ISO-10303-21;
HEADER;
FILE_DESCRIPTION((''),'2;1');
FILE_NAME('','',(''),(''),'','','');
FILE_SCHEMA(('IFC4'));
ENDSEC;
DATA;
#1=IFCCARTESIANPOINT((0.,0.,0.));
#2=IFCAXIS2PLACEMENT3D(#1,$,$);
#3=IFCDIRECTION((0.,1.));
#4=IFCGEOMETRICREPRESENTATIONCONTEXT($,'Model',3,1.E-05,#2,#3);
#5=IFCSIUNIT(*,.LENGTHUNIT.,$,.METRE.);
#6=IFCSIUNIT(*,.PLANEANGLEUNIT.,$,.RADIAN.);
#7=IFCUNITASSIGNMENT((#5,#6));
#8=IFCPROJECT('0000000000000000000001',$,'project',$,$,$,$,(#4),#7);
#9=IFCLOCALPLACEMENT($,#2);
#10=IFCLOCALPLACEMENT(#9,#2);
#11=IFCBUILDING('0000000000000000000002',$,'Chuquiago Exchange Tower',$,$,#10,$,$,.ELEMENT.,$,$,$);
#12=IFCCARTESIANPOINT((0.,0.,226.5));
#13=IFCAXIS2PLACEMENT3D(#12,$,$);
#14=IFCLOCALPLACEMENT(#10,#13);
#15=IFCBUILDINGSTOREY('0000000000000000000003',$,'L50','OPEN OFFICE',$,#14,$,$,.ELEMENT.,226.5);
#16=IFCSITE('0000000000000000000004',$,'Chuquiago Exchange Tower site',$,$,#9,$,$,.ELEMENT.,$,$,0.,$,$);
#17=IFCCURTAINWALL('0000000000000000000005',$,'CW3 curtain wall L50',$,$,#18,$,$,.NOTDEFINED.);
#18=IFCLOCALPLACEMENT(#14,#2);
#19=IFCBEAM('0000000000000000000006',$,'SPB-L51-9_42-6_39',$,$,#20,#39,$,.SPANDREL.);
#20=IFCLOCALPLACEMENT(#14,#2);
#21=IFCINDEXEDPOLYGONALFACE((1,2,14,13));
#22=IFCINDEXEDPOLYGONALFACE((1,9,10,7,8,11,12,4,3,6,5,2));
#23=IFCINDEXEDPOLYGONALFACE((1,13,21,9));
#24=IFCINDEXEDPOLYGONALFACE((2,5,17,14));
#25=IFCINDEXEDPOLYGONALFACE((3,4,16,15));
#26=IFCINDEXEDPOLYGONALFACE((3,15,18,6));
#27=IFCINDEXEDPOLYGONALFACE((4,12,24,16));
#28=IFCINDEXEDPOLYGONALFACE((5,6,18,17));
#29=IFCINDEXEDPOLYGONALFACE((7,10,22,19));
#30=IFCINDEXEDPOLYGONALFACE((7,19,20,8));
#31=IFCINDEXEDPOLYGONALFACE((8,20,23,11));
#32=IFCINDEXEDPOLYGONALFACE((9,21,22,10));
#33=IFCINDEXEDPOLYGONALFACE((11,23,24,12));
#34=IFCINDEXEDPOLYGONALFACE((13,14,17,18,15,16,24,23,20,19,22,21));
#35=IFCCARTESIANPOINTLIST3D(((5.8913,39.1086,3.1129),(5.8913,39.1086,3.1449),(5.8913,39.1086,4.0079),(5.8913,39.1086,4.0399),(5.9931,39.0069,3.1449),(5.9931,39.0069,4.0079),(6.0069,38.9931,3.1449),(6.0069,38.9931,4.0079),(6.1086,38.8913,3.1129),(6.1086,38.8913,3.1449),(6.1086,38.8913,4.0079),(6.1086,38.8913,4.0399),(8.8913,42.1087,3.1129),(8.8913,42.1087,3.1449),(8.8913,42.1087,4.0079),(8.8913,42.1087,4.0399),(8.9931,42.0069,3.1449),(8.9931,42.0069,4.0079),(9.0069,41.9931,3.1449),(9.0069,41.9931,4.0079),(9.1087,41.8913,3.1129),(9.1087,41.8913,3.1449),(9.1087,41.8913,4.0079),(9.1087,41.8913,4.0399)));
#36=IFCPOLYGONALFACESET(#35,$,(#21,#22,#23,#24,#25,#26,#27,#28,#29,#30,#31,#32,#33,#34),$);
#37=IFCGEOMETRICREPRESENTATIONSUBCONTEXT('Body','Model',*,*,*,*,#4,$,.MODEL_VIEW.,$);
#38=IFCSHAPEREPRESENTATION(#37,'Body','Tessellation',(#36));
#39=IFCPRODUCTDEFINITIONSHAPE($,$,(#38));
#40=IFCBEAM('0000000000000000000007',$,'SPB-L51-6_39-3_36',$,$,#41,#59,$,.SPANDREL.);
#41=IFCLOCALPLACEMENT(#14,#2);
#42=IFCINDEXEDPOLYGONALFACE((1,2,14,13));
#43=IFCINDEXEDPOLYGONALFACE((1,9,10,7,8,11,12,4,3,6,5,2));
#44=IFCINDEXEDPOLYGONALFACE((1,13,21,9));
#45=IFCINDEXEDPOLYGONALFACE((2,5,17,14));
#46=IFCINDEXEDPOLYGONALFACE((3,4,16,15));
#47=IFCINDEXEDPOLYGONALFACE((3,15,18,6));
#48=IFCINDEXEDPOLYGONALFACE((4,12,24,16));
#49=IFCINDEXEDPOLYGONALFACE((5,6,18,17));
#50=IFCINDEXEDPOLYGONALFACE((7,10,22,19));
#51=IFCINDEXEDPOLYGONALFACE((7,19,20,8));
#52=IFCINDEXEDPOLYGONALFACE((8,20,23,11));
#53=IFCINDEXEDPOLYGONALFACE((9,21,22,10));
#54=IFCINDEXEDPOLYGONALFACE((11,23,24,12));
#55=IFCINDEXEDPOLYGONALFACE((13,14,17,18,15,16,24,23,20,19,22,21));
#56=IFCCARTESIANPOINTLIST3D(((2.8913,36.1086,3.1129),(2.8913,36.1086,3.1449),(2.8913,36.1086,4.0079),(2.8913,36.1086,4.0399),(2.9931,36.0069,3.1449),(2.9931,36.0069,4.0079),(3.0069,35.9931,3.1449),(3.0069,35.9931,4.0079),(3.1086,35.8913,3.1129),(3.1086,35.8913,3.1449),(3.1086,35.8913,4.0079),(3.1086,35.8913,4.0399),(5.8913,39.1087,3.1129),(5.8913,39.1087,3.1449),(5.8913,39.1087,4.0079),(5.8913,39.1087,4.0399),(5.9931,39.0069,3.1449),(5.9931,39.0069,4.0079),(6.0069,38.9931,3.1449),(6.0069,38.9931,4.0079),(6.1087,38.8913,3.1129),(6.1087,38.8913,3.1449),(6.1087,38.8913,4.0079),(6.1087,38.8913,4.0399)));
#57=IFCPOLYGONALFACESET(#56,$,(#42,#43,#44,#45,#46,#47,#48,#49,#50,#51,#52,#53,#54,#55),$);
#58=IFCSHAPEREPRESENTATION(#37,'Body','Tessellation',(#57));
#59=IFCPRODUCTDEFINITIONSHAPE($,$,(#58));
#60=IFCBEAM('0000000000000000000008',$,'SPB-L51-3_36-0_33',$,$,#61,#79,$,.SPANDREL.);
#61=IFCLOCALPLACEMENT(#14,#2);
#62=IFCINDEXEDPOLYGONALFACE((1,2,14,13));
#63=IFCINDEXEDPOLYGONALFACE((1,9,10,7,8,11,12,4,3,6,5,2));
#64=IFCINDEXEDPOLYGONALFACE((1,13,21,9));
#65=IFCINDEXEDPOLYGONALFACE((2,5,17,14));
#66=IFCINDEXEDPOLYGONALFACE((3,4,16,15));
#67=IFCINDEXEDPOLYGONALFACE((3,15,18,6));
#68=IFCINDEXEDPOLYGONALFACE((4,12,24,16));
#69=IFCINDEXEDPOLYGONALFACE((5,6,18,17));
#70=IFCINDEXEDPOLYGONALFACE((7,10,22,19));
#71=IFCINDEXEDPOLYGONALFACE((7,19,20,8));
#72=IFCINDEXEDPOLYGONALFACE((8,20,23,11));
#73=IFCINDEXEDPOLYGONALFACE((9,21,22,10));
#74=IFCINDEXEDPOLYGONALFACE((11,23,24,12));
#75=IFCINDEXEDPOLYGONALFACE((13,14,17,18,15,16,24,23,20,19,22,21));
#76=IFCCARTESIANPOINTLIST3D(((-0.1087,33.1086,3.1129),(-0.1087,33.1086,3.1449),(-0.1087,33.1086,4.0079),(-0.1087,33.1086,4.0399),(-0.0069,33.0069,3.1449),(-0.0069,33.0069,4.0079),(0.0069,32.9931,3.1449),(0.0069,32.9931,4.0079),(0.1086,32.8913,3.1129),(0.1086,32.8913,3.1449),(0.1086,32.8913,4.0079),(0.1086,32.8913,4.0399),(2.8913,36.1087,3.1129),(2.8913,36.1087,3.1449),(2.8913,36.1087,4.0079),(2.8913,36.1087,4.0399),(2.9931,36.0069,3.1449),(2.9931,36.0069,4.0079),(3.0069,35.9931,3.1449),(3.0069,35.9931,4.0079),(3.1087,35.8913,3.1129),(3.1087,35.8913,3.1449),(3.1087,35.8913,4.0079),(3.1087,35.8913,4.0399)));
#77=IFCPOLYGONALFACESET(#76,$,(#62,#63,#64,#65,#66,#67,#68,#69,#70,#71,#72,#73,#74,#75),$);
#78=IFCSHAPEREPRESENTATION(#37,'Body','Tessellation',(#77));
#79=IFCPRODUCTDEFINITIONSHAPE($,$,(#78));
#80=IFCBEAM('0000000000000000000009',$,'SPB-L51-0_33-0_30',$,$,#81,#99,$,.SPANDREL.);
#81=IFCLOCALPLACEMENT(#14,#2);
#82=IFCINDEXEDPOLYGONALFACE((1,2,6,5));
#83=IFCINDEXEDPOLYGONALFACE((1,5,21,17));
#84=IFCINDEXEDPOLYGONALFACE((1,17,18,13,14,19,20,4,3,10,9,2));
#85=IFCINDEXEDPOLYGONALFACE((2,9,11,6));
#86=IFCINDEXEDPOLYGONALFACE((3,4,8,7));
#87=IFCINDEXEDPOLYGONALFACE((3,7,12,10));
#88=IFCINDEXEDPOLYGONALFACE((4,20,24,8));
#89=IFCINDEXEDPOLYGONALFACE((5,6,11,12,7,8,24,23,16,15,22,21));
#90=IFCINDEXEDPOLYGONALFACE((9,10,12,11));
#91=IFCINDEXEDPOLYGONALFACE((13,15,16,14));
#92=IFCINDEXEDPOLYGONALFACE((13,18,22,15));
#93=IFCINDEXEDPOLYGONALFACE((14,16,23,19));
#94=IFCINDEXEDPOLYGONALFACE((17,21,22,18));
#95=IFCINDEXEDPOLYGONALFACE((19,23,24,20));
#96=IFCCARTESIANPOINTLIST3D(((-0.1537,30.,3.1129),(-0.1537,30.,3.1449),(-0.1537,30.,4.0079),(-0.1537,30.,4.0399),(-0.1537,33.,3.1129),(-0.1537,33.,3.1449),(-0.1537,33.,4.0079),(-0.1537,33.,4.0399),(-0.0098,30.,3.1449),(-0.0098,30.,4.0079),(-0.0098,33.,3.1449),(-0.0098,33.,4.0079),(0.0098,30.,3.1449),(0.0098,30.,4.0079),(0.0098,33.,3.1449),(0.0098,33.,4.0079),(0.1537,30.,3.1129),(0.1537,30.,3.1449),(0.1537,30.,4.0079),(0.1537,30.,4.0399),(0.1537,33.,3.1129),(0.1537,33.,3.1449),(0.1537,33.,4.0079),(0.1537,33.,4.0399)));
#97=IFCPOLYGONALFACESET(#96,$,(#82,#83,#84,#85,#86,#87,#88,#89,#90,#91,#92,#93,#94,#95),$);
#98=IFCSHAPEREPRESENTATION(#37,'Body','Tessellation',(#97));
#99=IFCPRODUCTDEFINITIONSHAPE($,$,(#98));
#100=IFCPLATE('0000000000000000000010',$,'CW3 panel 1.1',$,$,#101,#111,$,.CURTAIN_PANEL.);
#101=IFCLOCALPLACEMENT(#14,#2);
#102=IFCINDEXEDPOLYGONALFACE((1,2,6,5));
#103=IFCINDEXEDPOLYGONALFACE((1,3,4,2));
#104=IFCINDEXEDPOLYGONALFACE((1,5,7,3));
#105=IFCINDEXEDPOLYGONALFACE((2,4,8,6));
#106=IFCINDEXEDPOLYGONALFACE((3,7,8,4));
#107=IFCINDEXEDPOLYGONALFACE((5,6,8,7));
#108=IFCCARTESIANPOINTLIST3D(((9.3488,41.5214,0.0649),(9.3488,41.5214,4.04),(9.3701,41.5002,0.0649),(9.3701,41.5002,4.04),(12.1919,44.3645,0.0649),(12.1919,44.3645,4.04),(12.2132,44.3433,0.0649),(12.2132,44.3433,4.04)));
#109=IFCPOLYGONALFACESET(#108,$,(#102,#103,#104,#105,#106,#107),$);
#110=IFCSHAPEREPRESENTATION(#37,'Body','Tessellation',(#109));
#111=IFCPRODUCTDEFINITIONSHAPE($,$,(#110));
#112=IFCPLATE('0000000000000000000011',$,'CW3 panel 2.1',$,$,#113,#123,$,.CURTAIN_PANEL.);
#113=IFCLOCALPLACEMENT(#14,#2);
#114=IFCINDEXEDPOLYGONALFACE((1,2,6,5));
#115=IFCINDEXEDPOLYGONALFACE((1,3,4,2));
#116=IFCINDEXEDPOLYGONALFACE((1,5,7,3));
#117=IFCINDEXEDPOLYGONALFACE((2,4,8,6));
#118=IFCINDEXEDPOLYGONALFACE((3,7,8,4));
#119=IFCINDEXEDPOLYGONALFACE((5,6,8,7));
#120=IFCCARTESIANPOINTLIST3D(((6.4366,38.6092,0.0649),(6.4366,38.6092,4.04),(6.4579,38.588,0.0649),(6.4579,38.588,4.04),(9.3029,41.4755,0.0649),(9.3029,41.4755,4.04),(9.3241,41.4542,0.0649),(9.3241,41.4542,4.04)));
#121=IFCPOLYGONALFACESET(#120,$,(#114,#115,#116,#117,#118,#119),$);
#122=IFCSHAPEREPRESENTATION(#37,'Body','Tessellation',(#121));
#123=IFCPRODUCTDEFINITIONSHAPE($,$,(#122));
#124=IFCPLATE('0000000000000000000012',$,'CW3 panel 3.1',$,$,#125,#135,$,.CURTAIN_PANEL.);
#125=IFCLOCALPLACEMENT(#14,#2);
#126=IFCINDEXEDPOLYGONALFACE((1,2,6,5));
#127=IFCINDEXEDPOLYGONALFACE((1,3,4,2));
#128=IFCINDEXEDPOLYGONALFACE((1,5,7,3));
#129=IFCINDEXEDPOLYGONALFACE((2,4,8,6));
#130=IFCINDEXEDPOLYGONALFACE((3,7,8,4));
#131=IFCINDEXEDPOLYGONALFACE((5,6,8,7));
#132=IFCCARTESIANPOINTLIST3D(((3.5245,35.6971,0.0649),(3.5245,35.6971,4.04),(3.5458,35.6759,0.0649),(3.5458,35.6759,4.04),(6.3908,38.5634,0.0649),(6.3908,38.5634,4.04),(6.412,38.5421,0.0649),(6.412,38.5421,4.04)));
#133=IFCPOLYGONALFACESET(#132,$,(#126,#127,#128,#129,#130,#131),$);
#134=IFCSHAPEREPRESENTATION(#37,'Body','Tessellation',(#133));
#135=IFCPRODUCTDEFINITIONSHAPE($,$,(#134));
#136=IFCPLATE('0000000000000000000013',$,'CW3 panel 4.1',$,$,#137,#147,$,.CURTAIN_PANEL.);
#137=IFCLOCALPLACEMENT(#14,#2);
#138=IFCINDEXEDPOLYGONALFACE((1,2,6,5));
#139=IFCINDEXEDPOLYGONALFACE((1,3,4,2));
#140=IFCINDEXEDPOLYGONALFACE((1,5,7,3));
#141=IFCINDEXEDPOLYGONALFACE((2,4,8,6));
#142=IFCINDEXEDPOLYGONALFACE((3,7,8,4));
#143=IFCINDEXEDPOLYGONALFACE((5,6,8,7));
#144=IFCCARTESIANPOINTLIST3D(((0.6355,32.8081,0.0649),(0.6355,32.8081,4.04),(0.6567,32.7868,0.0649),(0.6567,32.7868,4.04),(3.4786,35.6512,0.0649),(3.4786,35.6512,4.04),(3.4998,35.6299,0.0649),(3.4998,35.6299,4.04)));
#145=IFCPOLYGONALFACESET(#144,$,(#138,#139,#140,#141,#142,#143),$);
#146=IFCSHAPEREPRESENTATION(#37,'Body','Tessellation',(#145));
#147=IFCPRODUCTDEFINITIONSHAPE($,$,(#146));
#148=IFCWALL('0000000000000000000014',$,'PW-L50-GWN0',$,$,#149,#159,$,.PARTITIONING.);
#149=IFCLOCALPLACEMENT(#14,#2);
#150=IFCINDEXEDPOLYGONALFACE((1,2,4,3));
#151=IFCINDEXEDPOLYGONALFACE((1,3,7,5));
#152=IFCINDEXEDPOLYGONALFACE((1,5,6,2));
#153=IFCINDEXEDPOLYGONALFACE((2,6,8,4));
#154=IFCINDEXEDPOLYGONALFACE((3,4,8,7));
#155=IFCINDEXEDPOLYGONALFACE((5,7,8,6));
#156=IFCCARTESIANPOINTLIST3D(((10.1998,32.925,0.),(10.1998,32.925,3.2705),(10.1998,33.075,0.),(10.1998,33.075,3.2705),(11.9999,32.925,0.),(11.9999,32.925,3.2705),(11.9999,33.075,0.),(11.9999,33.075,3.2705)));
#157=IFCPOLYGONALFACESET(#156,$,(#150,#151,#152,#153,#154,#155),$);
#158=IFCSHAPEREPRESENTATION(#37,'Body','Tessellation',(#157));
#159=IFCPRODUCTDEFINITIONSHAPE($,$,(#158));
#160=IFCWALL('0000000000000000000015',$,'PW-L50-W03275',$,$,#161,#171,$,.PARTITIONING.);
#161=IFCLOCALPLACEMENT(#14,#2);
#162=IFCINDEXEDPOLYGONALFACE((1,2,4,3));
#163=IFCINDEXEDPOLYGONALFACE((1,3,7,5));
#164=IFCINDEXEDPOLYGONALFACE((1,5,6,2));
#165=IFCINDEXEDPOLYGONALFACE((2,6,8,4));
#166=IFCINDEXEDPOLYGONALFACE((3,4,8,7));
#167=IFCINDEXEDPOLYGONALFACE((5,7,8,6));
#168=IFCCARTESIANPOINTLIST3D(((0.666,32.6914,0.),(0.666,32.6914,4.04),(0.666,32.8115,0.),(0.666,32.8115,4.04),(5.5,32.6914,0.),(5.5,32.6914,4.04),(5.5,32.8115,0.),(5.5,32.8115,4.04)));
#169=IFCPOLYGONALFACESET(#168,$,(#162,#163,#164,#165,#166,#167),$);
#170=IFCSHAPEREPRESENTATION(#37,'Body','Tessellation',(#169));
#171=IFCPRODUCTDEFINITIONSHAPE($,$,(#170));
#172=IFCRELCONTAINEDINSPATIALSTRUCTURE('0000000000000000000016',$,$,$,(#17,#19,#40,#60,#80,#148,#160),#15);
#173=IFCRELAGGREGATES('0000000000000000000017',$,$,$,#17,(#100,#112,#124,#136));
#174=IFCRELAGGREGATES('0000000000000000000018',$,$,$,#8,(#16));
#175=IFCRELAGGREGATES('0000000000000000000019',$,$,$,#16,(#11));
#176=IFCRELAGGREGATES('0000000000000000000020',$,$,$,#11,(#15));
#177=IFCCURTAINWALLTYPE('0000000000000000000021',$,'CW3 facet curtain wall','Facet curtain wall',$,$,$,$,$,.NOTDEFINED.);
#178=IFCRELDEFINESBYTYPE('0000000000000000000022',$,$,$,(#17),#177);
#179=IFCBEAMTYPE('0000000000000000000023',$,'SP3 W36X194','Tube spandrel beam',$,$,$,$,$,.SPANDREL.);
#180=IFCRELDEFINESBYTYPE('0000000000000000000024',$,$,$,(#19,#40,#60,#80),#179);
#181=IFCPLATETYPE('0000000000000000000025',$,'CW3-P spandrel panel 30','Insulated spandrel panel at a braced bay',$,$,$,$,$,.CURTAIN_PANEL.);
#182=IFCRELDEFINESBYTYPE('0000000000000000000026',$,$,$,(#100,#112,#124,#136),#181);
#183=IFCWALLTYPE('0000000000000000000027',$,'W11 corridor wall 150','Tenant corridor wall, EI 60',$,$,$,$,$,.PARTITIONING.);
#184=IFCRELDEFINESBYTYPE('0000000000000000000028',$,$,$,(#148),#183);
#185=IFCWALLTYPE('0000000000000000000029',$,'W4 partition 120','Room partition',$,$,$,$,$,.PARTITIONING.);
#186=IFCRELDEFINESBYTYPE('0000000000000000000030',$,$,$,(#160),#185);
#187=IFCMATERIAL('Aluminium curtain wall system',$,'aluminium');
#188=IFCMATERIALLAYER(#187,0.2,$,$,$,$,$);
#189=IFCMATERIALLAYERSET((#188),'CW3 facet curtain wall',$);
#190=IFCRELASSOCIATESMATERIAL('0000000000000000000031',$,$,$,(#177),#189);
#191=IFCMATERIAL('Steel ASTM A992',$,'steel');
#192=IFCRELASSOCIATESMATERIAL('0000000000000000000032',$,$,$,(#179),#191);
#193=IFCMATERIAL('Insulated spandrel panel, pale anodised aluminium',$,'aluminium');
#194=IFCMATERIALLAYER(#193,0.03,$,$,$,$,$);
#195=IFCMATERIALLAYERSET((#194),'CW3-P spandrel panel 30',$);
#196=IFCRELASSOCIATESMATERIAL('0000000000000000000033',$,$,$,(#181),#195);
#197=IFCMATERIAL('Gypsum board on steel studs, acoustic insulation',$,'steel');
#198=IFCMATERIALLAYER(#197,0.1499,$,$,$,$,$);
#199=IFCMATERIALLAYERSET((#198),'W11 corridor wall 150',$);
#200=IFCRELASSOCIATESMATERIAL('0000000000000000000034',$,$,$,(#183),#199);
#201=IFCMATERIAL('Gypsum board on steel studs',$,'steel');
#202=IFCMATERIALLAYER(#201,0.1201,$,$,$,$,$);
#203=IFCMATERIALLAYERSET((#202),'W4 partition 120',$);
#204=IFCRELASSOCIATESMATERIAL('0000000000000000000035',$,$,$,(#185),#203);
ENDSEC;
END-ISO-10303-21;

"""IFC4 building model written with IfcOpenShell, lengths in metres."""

from ifc_helpers import new_model, si_unit, direction, frame, frame_2d, origin, origin_2d, place, context, subcontext, project, spatial, rectangle, i_section, extrude, material, layer, layer_set, material_profile, profile_set, type_object, element, aggregate, save


model = new_model("IFC4")

# Units and contexts
model_context = context("Model", 3, precision=1e-05, world=origin(), true_north=direction((0.0, 1.0)))
body_context = subcontext(model_context, "Body", "Model", "MODEL_VIEW")
ifc_project = project(units=[si_unit("LENGTHUNIT", "METRE"), si_unit("PLANEANGLEUNIT", "RADIAN")], contexts=[model_context])

# Site, building, storey
site_placement = place(None, origin())
site = spatial("IfcSite", under=ifc_project, at=site_placement, Name="Chuquiago Exchange Tower site", CompositionType="ELEMENT", RefElevation=0.0)
building_placement = place(site_placement, origin())
building = spatial("IfcBuilding", under=site, at=building_placement, Name="Chuquiago Exchange Tower", CompositionType="ELEMENT")
storey_placement = place(building_placement, frame((0.0, 0.0, 226.5)))
storey = spatial("IfcBuildingStorey", under=building, at=storey_placement, Name="L50", Description="OPEN OFFICE", CompositionType="ELEMENT", Elevation=226.5)

# Curtain wall
ifc_material_1 = material(Name="Aluminium curtain wall system", Category="aluminium")
ifc_layer_1 = layer(ifc_material_1, 0.2)
ifc_layer_set_1 = layer_set([ifc_layer_1], Name="CW3 facet curtain wall")
curtain_wall_type_1 = type_object("IfcCurtainWallType", Name="CW3 facet curtain wall", Description="Facet curtain wall", PredefinedType="NOTDEFINED", material=ifc_layer_set_1)
curtain_wall_1_placement = place(storey_placement, origin())
curtain_wall_1 = element("IfcCurtainWall", 1, at=curtain_wall_1_placement, inside=storey, type_object=curtain_wall_type_1, Name="CW3 curtain wall L50", PredefinedType="NOTDEFINED")

# Beams
ifc_material_2 = material(Name="Steel ASTM A992", Category="steel")
ifc_material_profile_1 = material_profile(ifc_material_2, i_section(OverallWidth=0.3074, OverallDepth=0.927, WebThickness=0.0195, FlangeThickness=0.032, at=origin_2d()), Name="W36X194")
ifc_profile_set_1 = profile_set([ifc_material_profile_1], Name="Steel ASTM A992")
beam_type_1 = type_object("IfcBeamType", Name="SP3 W36X194", Description="Tube spandrel beam", PredefinedType="SPANDREL", material=ifc_profile_set_1)
for number, where, z_axis, x_axis, name in (
    (2, (9.0, 42.0, 3.5764), (-0.707107, -0.707107, 0.0), (0.707107, -0.707107, 0.0), "SPB-L51-9_42-6_39"),
    (3, (6.0, 39.0, 3.5764), (-0.707107, -0.707107, 0.0), (0.707107, -0.707107, 0.0), "SPB-L51-6_39-3_36"),
    (4, (3.0, 36.0, 3.5764), (-0.707107, -0.707107, 0.0), (0.707107, -0.707107, 0.0), "SPB-L51-3_36-0_33"),
):
    element("IfcBeam", number, at=place(storey_placement, frame(where, z_axis=z_axis, x_axis=x_axis)), inside=storey, type_object=beam_type_1, Name=name, PredefinedType="SPANDREL", context=body_context, shape_type="SweptSolid", body=[
        extrude(i_section(OverallWidth=0.3074, OverallDepth=0.927, WebThickness=0.0195, FlangeThickness=0.032, at=origin_2d()), origin(), (0.0, 0.0, 1.0), 4.2427),
    ])
beam_1_placement = place(storey_placement, frame((0.0, 33.0, 3.5764), z_axis=(0.0, -1.0, 0.0), x_axis=(1.0, 0.0, 0.0)))
element("IfcBeam", 5, at=beam_1_placement, inside=storey, type_object=beam_type_1, Name="SPB-L51-0_33-0_30", PredefinedType="SPANDREL", context=body_context, shape_type="SweptSolid", body=[
    extrude(i_section(OverallWidth=0.3074, OverallDepth=0.927, WebThickness=0.0195, FlangeThickness=0.032, at=origin_2d()), origin(), (0.0, 0.0, 1.0), 3.0),
])

# Plates
ifc_material_3 = material(Name="Insulated spandrel panel, pale anodised aluminium", Category="aluminium")
ifc_layer_2 = layer(ifc_material_3, 0.03)
ifc_layer_set_2 = layer_set([ifc_layer_2], Name="CW3-P spandrel panel 30")
plate_type = type_object("IfcPlateType", Name="CW3-P spandrel panel 30", Description="Insulated spandrel panel at a braced bay", PredefinedType="CURTAIN_PANEL", material=ifc_layer_set_2)
plate_1_placement = place(storey_placement, frame((10.781, 42.9324, 0.0649), z_axis=(0.0, 0.0, 1.0), x_axis=(-0.707107, -0.707107, 0.0)))
plate_1 = element("IfcPlate", 6, at=plate_1_placement, type_object=plate_type, Name="CW3 panel 1.1", PredefinedType="CURTAIN_PANEL", context=body_context, shape_type="SweptSolid", body=[
    extrude(rectangle(XDim=4.0208, YDim=0.03, at=origin_2d()), origin(), (0.0, 0.0, 1.0), 3.9751),
])
plate_2_placement = place(storey_placement, frame((7.8804, 40.0317, 0.0649), z_axis=(0.0, 0.0, 1.0), x_axis=(-0.707107, -0.707107, 0.0)))
plate_2 = element("IfcPlate", 7, at=plate_2_placement, type_object=plate_type, Name="CW3 panel 2.1", PredefinedType="CURTAIN_PANEL", context=body_context, shape_type="SweptSolid", body=[
    extrude(rectangle(XDim=4.0535, YDim=0.03, at=origin_2d()), origin(), (0.0, 0.0, 1.0), 3.9751),
])
plate_3_placement = place(storey_placement, frame((4.9683, 37.1196, 0.0649), z_axis=(0.0, 0.0, 1.0), x_axis=(-0.707107, -0.707107, 0.0)))
plate_3 = element("IfcPlate", 8, at=plate_3_placement, type_object=plate_type, Name="CW3 panel 3.1", PredefinedType="CURTAIN_PANEL", context=body_context, shape_type="SweptSolid", body=[
    extrude(rectangle(XDim=4.0535, YDim=0.03, at=origin_2d()), origin(), (0.0, 0.0, 1.0), 3.9751),
])
plate_4_placement = place(storey_placement, frame((2.0676, 34.219, 0.0649), z_axis=(0.0, 0.0, 1.0), x_axis=(-0.707107, -0.707107, 0.0)))
plate_4 = element("IfcPlate", 9, at=plate_4_placement, type_object=plate_type, Name="CW3 panel 4.1", PredefinedType="CURTAIN_PANEL", context=body_context, shape_type="SweptSolid", body=[
    extrude(rectangle(XDim=4.0208, YDim=0.03, at=origin_2d()), origin(), (0.0, 0.0, 1.0), 3.9751),
])
aggregate(curtain_wall_1, [plate_1, plate_2, plate_3, plate_4])

# Walls
ifc_material_4 = material(Name="Gypsum board on steel studs, acoustic insulation", Category="steel")
ifc_layer_3 = layer(ifc_material_4, 0.1499)
ifc_layer_set_3 = layer_set([ifc_layer_3], Name="W11 corridor wall 150")
wall_type_1 = type_object("IfcWallType", Name="W11 corridor wall 150", Description="Tenant corridor wall, EI 60", PredefinedType="PARTITIONING", material=ifc_layer_set_3)
wall_1_placement = place(storey_placement, frame((10.2, 33.0, 0.0), z_axis=(0.0, 0.0, 1.0), x_axis=(1.0, 0.0, 0.0)))
element("IfcWall", 10, at=wall_1_placement, inside=storey, type_object=wall_type_1, Name="PW-L50-GWN0", PredefinedType="PARTITIONING", context=body_context, shape_type="SweptSolid", body=[
    extrude(rectangle(XDim=1.8, YDim=0.1499, at=frame_2d((0.8999, 0.0))), origin(), (0.0, 0.0, 1.0), 3.2705),
])
ifc_material_5 = material(Name="Gypsum board on steel studs", Category="steel")
ifc_layer_4 = layer(ifc_material_5, 0.1201)
ifc_layer_set_4 = layer_set([ifc_layer_4], Name="W4 partition 120")
wall_type_2 = type_object("IfcWallType", Name="W4 partition 120", Description="Room partition", PredefinedType="PARTITIONING", material=ifc_layer_set_4)
wall_2_placement = place(storey_placement, frame((0.666, 32.7515, 0.0), z_axis=(0.0, 0.0, 1.0), x_axis=(1.0, 0.0, 0.0)))
element("IfcWall", 11, at=wall_2_placement, inside=storey, type_object=wall_type_2, Name="PW-L50-W03275", PredefinedType="PARTITIONING", context=body_context, shape_type="SweptSolid", body=[
    extrude(rectangle(XDim=4.834, YDim=0.1201, at=frame_2d((2.417, 0.0))), origin(), (0.0, 0.0, 1.0), 4.04),
])

save(model, "model.ifc")
